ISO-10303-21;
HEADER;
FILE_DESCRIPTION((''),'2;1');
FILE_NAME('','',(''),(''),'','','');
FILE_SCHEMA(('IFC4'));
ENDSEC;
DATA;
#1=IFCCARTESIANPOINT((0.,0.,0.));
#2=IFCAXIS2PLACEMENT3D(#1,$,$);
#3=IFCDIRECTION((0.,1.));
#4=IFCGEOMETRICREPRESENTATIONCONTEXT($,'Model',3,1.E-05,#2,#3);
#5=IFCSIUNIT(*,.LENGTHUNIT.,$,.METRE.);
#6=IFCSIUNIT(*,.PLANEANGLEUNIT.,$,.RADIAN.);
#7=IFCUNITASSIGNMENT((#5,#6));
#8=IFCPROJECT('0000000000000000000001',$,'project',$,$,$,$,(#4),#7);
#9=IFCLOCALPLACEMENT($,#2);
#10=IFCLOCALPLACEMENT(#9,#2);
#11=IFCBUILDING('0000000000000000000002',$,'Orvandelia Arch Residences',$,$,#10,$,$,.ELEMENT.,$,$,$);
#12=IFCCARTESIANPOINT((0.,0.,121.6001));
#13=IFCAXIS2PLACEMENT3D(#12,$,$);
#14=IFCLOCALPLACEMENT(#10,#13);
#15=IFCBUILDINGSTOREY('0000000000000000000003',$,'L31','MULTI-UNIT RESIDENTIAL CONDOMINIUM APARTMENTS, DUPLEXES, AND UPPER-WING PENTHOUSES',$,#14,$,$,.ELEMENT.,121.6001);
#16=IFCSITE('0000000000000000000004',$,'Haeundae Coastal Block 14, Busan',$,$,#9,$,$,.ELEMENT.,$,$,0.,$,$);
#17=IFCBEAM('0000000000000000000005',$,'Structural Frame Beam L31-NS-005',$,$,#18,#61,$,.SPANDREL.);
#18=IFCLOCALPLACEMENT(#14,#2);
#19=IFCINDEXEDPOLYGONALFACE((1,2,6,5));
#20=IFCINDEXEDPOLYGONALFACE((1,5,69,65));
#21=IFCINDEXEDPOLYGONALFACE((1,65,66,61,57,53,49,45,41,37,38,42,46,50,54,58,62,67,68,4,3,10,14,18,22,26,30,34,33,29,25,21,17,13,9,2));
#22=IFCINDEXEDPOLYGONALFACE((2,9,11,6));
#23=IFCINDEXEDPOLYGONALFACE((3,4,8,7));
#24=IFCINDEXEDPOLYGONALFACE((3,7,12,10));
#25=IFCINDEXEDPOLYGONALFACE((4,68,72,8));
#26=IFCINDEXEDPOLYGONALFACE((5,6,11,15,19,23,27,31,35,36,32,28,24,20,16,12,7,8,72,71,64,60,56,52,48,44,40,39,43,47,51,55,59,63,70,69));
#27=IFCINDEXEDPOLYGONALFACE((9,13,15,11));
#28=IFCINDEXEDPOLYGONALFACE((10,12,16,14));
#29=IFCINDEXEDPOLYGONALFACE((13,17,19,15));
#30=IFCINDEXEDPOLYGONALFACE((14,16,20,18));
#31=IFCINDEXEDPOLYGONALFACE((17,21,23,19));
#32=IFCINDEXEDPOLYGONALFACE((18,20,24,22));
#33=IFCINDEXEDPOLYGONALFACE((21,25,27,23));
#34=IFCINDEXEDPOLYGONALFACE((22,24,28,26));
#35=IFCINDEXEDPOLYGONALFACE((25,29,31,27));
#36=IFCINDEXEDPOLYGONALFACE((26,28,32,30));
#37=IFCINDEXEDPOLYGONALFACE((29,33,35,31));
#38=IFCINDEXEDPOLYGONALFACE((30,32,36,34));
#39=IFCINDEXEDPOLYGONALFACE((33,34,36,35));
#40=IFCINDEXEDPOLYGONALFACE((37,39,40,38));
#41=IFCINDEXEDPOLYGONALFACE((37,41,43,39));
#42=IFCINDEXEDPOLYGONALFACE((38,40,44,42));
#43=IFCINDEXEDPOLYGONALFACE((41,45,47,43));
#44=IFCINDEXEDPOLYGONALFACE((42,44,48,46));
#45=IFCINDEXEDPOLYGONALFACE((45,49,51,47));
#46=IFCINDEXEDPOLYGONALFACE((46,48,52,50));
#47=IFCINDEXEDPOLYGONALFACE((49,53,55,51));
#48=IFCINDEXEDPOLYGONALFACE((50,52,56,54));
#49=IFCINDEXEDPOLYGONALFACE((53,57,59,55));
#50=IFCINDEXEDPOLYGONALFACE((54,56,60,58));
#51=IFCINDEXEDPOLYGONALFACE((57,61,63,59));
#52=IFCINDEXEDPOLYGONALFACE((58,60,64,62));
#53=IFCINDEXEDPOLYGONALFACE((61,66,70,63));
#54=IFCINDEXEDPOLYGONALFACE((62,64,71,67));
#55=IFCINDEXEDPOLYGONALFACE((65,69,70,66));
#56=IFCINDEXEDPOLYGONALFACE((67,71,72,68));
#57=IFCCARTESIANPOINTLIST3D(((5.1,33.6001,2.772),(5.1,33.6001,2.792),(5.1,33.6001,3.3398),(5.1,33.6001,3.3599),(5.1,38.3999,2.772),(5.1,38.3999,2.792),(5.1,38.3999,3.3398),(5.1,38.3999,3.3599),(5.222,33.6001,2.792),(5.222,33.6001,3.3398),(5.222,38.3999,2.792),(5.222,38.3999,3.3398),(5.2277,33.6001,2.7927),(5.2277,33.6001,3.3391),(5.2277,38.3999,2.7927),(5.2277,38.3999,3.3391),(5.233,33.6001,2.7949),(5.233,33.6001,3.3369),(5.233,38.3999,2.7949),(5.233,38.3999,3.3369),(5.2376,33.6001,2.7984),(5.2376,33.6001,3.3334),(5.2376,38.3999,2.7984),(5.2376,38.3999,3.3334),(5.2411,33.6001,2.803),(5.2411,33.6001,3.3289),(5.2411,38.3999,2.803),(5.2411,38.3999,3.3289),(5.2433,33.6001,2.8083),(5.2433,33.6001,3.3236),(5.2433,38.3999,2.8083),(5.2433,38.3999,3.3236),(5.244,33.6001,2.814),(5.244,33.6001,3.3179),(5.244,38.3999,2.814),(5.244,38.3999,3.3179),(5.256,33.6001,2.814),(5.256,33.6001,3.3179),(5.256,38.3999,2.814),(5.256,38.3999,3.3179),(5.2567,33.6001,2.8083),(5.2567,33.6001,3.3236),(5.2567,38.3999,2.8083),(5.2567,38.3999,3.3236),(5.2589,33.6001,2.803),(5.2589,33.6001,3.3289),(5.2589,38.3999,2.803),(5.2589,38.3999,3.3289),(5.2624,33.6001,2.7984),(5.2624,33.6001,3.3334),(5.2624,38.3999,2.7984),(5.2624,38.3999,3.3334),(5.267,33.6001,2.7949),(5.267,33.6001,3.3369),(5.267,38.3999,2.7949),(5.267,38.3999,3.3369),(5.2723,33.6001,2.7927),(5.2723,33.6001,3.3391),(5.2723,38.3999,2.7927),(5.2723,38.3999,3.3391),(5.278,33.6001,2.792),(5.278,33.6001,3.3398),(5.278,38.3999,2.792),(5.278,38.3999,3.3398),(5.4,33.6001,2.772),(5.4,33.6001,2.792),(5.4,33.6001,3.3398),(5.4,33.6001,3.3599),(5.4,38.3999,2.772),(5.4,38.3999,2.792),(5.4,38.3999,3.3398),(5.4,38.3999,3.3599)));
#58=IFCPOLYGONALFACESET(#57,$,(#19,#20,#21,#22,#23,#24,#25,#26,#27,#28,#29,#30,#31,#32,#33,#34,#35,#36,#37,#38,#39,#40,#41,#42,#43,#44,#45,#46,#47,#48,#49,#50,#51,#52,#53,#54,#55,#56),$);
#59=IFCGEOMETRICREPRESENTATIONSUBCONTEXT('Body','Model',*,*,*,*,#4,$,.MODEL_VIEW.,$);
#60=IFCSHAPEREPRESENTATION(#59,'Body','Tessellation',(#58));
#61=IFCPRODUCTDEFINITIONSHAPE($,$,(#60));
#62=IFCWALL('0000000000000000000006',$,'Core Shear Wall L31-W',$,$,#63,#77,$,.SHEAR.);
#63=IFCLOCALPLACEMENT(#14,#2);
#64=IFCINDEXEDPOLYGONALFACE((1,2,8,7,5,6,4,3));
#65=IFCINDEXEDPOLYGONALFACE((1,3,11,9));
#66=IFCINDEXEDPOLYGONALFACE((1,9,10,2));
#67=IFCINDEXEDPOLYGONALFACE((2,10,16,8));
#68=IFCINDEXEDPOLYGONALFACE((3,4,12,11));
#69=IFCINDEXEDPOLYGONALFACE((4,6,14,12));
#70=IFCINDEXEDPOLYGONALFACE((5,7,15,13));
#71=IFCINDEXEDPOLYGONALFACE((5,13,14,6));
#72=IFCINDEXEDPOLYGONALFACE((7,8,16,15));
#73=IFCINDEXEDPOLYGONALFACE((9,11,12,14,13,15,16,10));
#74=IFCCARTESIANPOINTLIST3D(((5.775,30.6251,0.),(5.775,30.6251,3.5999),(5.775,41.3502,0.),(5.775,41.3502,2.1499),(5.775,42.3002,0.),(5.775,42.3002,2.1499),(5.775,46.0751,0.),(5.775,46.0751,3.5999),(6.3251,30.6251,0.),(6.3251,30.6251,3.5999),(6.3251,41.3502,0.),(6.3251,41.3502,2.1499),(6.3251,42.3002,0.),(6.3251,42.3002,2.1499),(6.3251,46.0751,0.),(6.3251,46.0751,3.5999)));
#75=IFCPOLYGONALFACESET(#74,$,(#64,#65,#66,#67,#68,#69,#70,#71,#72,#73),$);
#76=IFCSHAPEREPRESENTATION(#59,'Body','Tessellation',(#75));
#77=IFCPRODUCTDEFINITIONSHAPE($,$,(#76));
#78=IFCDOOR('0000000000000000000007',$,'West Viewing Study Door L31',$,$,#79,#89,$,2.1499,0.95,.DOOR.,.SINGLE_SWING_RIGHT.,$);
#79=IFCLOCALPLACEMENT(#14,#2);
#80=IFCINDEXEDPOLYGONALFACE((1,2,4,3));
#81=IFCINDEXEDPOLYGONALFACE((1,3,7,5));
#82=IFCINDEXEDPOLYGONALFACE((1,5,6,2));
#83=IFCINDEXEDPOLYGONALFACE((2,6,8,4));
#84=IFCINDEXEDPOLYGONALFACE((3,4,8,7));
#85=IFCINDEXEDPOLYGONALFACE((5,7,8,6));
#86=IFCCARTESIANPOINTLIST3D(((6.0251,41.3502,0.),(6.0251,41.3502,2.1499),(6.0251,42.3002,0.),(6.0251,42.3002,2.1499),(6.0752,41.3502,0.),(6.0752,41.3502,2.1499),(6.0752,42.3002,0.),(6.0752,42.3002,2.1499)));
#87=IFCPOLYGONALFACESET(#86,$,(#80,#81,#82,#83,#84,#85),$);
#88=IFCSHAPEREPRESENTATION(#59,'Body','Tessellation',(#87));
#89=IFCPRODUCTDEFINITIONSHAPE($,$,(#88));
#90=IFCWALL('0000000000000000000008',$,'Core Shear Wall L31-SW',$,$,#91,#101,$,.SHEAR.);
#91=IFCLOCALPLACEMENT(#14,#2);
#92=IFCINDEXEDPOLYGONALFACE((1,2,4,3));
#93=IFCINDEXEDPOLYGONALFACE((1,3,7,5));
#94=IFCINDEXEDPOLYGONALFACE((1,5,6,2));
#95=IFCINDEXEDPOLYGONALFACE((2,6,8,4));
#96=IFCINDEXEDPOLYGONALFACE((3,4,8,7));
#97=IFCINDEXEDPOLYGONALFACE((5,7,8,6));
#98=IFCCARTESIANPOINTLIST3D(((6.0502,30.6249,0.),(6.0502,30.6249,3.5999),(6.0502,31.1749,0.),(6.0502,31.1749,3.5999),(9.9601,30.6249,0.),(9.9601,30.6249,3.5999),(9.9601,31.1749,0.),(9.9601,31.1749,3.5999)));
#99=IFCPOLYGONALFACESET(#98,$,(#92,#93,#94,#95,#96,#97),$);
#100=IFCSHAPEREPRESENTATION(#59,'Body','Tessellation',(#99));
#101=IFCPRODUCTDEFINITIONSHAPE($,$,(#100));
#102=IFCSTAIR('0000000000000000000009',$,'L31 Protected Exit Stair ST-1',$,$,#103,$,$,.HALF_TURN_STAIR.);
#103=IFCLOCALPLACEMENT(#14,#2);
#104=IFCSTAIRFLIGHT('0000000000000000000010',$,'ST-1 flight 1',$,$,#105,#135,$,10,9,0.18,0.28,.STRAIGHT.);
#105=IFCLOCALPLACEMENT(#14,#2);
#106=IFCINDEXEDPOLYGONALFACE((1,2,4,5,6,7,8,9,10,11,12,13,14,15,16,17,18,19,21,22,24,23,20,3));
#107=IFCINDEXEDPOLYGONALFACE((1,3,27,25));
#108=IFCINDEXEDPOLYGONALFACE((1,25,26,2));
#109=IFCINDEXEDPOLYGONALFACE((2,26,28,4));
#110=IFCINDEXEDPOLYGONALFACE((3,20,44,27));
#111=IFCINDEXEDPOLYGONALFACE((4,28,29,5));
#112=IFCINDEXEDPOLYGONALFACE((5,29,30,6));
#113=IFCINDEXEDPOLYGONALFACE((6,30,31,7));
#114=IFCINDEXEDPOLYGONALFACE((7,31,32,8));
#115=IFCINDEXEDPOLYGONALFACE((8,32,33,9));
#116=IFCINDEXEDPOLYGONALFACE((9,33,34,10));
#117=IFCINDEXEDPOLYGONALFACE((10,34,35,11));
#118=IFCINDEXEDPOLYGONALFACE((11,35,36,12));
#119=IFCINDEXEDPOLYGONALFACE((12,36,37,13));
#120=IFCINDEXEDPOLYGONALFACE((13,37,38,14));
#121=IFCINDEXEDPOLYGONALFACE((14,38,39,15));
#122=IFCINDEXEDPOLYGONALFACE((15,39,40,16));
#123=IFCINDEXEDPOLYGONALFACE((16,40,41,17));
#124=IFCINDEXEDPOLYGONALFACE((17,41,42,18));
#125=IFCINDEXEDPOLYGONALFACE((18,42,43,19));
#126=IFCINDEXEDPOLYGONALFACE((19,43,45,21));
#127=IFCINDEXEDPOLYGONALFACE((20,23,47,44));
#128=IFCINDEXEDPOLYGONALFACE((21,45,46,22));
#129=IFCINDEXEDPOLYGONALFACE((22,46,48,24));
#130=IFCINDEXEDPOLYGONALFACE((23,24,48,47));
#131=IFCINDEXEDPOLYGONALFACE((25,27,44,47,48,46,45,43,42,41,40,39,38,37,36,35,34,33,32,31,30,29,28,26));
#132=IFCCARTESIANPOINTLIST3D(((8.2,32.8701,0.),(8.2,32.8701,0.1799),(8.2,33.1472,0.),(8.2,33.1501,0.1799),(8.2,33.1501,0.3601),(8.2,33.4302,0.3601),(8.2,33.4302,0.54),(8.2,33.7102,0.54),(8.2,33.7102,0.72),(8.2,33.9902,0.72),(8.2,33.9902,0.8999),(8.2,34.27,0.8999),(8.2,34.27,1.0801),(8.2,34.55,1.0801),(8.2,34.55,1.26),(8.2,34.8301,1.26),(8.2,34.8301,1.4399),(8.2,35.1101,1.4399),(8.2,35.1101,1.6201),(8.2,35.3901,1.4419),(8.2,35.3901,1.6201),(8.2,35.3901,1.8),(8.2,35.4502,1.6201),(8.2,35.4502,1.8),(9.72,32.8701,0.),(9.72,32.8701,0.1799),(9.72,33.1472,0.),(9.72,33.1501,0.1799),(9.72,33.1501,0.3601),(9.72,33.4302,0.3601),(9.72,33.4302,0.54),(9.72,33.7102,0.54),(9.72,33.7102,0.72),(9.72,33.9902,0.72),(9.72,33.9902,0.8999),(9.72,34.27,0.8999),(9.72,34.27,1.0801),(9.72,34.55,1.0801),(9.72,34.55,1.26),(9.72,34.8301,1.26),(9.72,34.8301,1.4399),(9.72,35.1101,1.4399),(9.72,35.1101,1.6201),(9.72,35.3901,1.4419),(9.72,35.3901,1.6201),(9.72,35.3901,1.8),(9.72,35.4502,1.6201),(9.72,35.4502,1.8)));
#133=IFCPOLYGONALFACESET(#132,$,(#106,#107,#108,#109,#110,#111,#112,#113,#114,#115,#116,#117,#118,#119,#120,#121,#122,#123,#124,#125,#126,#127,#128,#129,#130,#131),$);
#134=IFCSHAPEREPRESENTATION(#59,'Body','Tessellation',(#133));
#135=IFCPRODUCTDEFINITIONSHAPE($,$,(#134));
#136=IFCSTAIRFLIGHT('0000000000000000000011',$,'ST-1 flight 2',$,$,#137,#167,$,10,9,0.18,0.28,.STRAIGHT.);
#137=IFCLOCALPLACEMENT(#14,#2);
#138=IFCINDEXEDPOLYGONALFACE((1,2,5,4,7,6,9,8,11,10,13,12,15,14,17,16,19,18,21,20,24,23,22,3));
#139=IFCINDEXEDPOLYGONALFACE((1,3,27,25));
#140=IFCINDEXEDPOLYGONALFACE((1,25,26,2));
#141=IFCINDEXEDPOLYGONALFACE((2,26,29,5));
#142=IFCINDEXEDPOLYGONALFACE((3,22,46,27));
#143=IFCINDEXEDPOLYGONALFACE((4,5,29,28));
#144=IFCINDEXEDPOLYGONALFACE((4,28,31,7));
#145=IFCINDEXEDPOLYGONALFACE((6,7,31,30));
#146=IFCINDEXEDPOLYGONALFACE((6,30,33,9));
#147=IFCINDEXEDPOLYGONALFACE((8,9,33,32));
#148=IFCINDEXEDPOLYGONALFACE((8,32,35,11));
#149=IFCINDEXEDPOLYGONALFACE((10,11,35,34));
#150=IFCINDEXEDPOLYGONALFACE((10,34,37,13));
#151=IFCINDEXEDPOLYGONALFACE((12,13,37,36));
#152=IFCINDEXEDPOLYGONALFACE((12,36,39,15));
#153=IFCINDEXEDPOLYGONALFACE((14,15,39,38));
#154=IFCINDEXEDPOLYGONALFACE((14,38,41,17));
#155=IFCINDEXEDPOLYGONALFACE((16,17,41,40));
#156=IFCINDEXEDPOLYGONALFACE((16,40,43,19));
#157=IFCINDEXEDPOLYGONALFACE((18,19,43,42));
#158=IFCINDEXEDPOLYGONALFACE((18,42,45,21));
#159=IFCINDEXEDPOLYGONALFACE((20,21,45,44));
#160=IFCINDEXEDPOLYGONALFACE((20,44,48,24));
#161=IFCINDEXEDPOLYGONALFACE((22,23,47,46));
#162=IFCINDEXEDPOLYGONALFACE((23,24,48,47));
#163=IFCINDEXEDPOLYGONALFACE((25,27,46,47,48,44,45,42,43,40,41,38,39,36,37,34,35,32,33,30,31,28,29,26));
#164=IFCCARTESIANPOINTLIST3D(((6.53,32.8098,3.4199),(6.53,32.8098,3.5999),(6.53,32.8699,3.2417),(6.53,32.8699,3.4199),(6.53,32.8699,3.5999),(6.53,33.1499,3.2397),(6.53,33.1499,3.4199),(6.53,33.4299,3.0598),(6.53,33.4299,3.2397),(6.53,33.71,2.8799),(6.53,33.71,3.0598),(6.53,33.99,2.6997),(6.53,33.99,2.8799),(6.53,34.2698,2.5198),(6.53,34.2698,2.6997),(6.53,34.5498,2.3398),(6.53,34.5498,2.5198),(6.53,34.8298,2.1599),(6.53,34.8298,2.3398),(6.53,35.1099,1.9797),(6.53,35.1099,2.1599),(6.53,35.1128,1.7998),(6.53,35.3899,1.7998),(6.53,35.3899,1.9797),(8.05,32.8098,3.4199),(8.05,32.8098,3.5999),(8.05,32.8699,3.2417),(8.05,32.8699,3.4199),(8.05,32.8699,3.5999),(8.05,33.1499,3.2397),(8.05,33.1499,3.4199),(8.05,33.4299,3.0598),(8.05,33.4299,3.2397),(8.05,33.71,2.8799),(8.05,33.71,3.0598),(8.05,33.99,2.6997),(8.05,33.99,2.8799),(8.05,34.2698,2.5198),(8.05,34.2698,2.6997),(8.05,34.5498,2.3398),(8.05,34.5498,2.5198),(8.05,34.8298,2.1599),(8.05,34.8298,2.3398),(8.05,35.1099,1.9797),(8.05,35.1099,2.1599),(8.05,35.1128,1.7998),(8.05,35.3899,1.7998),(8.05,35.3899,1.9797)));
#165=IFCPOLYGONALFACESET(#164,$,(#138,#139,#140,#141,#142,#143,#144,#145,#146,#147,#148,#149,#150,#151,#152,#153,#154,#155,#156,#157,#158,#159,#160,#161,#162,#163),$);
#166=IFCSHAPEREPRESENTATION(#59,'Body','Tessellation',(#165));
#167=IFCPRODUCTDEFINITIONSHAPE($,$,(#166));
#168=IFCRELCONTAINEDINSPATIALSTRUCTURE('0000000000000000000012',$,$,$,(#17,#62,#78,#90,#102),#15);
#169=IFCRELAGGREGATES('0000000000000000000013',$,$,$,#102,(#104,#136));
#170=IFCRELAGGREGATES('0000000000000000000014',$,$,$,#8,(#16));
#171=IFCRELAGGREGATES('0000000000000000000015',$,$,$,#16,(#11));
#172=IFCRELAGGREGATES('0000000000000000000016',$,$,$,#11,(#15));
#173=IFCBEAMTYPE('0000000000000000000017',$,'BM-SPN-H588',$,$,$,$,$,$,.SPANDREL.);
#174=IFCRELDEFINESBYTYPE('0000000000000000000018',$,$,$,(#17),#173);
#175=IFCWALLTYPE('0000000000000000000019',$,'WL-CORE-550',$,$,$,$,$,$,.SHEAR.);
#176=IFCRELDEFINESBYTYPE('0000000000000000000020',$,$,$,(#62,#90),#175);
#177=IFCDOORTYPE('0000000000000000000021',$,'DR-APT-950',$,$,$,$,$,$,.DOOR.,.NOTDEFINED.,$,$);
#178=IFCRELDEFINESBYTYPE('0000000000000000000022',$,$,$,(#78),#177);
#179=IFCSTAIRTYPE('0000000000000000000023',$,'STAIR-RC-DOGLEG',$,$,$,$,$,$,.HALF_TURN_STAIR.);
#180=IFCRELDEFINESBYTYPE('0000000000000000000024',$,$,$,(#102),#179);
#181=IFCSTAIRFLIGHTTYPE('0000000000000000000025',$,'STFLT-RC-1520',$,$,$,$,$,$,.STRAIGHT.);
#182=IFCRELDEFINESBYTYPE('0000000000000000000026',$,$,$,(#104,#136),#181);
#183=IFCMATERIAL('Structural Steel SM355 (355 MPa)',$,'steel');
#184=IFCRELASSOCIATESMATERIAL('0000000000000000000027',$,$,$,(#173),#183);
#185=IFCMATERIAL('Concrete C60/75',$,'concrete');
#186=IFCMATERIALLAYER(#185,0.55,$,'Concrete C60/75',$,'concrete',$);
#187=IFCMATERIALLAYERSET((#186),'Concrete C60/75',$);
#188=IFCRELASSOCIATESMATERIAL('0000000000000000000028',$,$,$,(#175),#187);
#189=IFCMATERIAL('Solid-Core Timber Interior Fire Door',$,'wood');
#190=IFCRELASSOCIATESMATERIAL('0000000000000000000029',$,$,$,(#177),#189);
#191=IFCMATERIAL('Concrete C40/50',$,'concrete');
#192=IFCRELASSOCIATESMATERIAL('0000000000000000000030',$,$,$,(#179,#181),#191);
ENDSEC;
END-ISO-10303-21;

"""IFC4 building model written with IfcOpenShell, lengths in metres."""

from ifc_helpers import new_model, si_unit, direction, frame, frame_2d, origin, origin_2d, place, context, subcontext, project, spatial, polyline, rectangle, i_section, outline, extrude, material, layer, layer_set, material_profile, profile_set, type_object, element, fill, aggregate, save


model = new_model("IFC4")

# Units and contexts
model_context = context("Model", 3, precision=1e-05, world=origin(), true_north=direction((0.0, 1.0)))
body_context = subcontext(model_context, "Body", "Model", "MODEL_VIEW")
ifc_project = project(units=[si_unit("LENGTHUNIT", "METRE"), si_unit("PLANEANGLEUNIT", "RADIAN")], contexts=[model_context])

# Site, building, storey
site_placement = place(None, origin())
site = spatial("IfcSite", under=ifc_project, at=site_placement, Name="Haeundae Coastal Block 14, Busan", CompositionType="ELEMENT", RefElevation=0.0)
building_placement = place(site_placement, origin())
building = spatial("IfcBuilding", under=site, at=building_placement, Name="Orvandelia Arch Residences", CompositionType="ELEMENT")
storey_placement = place(building_placement, frame((0.0, 0.0, 121.6001)))
storey = spatial("IfcBuildingStorey", under=building, at=storey_placement, Name="L31", Description="MULTI-UNIT RESIDENTIAL CONDOMINIUM APARTMENTS, DUPLEXES, AND UPPER-WING PENTHOUSES", CompositionType="ELEMENT", Elevation=121.6001)

# Shared definitions
ifc_material_1 = material(Name="Concrete C60/75", Category="concrete")

# Beam
ifc_material_2 = material(Name="Structural Steel SM355 (355 MPa)", Category="steel")
ifc_material_profile_1 = material_profile(ifc_material_2, i_section(OverallWidth=0.3, OverallDepth=0.5879, WebThickness=0.012, FlangeThickness=0.02, FilletRadius=0.022, at=origin_2d()), Name="Structural Steel SM355 (355 MPa)", Category="steel")
ifc_profile_set_1 = profile_set([ifc_material_profile_1], Name="Structural Steel SM355 (355 MPa)")
beam_type_1 = type_object("IfcBeamType", Name="BM-SPN-H588", PredefinedType="SPANDREL", material=ifc_profile_set_1)
beam_1_placement = place(storey_placement, frame((5.25, 33.6001, 3.0659), z_axis=(0.0, 1.0, 0.0), x_axis=(-1.0, 0.0, 0.0)))
element("IfcBeam", 1, at=beam_1_placement, inside=storey, type_object=beam_type_1, Name="Structural Frame Beam L31-NS-005", PredefinedType="SPANDREL", context=body_context, shape_type="SweptSolid", body=[
    extrude(i_section(OverallWidth=0.3, OverallDepth=0.5879, WebThickness=0.012, FlangeThickness=0.02, FilletRadius=0.022, at=origin_2d()), origin(), (0.0, 0.0, 1.0), 4.7998),
])

# Wall, opening, door
ifc_layer = layer(ifc_material_1, 0.55, Name="Concrete C60/75", Category="concrete")
ifc_layer_set = layer_set([ifc_layer], Name="Concrete C60/75")
wall_type = type_object("IfcWallType", Name="WL-CORE-550", PredefinedType="SHEAR", material=ifc_layer_set)
wall_1_placement = place(storey_placement, frame((6.05, 30.625, 0.0), z_axis=(0.0, 0.0, 1.0), x_axis=(0.0, 1.0, 0.0)))
wall_1 = element("IfcWall", 2, at=wall_1_placement, inside=storey, type_object=wall_type, Name="Core Shear Wall L31-W", PredefinedType="SHEAR", context=body_context, shape_type="SweptSolid", body=[
    extrude(rectangle(XDim=15.45, YDim=0.55, at=frame_2d((7.7251, 0.0))), origin(), (0.0, 0.0, 1.0), 3.5999),
])
opening_placement = place(wall_1_placement, frame((10.7251, 0.0, 0.0)))
opening = element("IfcOpeningElement", 3, at=opening_placement, cuts=wall_1, PredefinedType="OPENING", context=body_context, shape_type="SweptSolid", body=[
    extrude(rectangle(XDim=0.95, YDim=2.1499, at=frame_2d((0.4751, 1.075))), frame((0.0, 0.2852, 0.0), z_axis=(0.0, -1.0, 0.0), x_axis=(1.0, 0.0, 0.0)), (0.0, 0.0, 1.0), 0.5701),
])
ifc_material_3 = material(Name="Solid-Core Timber Interior Fire Door", Category="wood")
door_type = type_object("IfcDoorType", Name="DR-APT-950", OperationType="NOTDEFINED", PredefinedType="DOOR", material=ifc_material_3)
door_placement = place(opening_placement, origin())
door = element("IfcDoor", 4, at=door_placement, inside=storey, type_object=door_type, Name="West Viewing Study Door L31", OperationType="SINGLE_SWING_RIGHT", OverallHeight=2.1499, OverallWidth=0.95, PredefinedType="DOOR", context=body_context, shape_type="SweptSolid", body=[
    extrude(rectangle(XDim=0.95, YDim=2.1499, at=frame_2d((0.4751, 1.075))), frame((0.0, 0.0249, 0.0), z_axis=(0.0, -1.0, 0.0), x_axis=(1.0, 0.0, 0.0)), (0.0, 0.0, 1.0), 0.05),
])
fill(opening, door)

# Wall
wall_2_placement = place(storey_placement, frame((6.05, 30.8999, 0.0), z_axis=(0.0, 0.0, 1.0), x_axis=(1.0, 0.0, 0.0)))
element("IfcWall", 5, at=wall_2_placement, inside=storey, type_object=wall_type, Name="Core Shear Wall L31-SW", PredefinedType="SHEAR", context=body_context, shape_type="SweptSolid", body=[
    extrude(rectangle(XDim=3.9099, YDim=0.55, at=frame_2d((1.9551, 0.0))), origin(), (0.0, 0.0, 1.0), 3.5999),
])

# Stair, stair flights
ifc_material_4 = material(Name="Concrete C40/50", Category="concrete")
stair_type = type_object("IfcStairType", Name="STAIR-RC-DOGLEG", PredefinedType="HALF_TURN_STAIR", material=ifc_material_4)
stair_placement = place(storey_placement, origin())
stair = element("IfcStair", 6, at=stair_placement, inside=storey, type_object=stair_type, Name="L31 Protected Exit Stair ST-1", PredefinedType="HALF_TURN_STAIR")
stair_flight_type = type_object("IfcStairFlightType", Name="STFLT-RC-1520", PredefinedType="STRAIGHT", material=ifc_material_4)
stair_flight_1_placement = place(storey_placement, frame((8.96, 32.8701, 0.0), z_axis=(0.0, 0.0, 1.0), x_axis=(0.0, 1.0, 0.0)))
stair_flight_1 = element("IfcStairFlight", 7, at=stair_flight_1_placement, type_object=stair_flight_type, Name="ST-1 flight 1", NumberOfRisers=10, NumberOfTreads=9, PredefinedType="STRAIGHT", RiserHeight=0.18, TreadLength=0.28, context=body_context, shape_type="SweptSolid", body=[
    extrude(outline(polyline([(0.0, 0.0), (0.0, 0.1799), (0.28, 0.1799), (0.28, 0.3601), (0.5601, 0.3601), (0.5601, 0.54), (0.8401, 0.54), (0.8401, 0.72), (1.1201, 0.72), (1.1201, 0.8999), (1.3999, 0.8999), (1.3999, 1.0801), (1.6799, 1.0801), (1.6799, 1.26), (1.96, 1.26), (1.96, 1.4399), (2.24, 1.4399), (2.24, 1.6201), (2.52, 1.6201), (2.52, 1.8), (2.5801, 1.8), (2.5801, 1.6201), (2.52, 1.4419), (0.2771, 0.0), (0.0, 0.0)])), frame((0.0, 0.76, 0.0), z_axis=(0.0, -1.0, 0.0), x_axis=(1.0, 0.0, 0.0)), (0.0, 0.0, 1.0), 1.52),
])
stair_flight_2_placement = place(storey_placement, frame((7.29, 35.3899, 1.7998), z_axis=(0.0, 0.0, 1.0), x_axis=(0.0, -1.0, 0.0)))
stair_flight_2 = element("IfcStairFlight", 8, at=stair_flight_2_placement, type_object=stair_flight_type, Name="ST-1 flight 2", NumberOfRisers=10, NumberOfTreads=9, PredefinedType="STRAIGHT", RiserHeight=0.18, TreadLength=0.28, context=body_context, shape_type="SweptSolid", body=[
    extrude(outline(polyline([(0.0, 0.0), (0.0, 0.1799), (0.28, 0.1799), (0.28, 0.3601), (0.5601, 0.3601), (0.5601, 0.54), (0.8401, 0.54), (0.8401, 0.72), (1.1201, 0.72), (1.1201, 0.8999), (1.3999, 0.8999), (1.3999, 1.0801), (1.6799, 1.0801), (1.6799, 1.26), (1.96, 1.26), (1.96, 1.4399), (2.24, 1.4399), (2.24, 1.6201), (2.52, 1.6201), (2.52, 1.8), (2.5801, 1.8), (2.5801, 1.6201), (2.52, 1.4419), (0.2771, 0.0), (0.0, 0.0)])), frame((0.0, 0.76, 0.0), z_axis=(0.0, -1.0, 0.0), x_axis=(1.0, 0.0, 0.0)), (0.0, 0.0, 1.0), 1.52),
])
aggregate(stair, [stair_flight_1, stair_flight_2])

save(model, "model.ifc")
